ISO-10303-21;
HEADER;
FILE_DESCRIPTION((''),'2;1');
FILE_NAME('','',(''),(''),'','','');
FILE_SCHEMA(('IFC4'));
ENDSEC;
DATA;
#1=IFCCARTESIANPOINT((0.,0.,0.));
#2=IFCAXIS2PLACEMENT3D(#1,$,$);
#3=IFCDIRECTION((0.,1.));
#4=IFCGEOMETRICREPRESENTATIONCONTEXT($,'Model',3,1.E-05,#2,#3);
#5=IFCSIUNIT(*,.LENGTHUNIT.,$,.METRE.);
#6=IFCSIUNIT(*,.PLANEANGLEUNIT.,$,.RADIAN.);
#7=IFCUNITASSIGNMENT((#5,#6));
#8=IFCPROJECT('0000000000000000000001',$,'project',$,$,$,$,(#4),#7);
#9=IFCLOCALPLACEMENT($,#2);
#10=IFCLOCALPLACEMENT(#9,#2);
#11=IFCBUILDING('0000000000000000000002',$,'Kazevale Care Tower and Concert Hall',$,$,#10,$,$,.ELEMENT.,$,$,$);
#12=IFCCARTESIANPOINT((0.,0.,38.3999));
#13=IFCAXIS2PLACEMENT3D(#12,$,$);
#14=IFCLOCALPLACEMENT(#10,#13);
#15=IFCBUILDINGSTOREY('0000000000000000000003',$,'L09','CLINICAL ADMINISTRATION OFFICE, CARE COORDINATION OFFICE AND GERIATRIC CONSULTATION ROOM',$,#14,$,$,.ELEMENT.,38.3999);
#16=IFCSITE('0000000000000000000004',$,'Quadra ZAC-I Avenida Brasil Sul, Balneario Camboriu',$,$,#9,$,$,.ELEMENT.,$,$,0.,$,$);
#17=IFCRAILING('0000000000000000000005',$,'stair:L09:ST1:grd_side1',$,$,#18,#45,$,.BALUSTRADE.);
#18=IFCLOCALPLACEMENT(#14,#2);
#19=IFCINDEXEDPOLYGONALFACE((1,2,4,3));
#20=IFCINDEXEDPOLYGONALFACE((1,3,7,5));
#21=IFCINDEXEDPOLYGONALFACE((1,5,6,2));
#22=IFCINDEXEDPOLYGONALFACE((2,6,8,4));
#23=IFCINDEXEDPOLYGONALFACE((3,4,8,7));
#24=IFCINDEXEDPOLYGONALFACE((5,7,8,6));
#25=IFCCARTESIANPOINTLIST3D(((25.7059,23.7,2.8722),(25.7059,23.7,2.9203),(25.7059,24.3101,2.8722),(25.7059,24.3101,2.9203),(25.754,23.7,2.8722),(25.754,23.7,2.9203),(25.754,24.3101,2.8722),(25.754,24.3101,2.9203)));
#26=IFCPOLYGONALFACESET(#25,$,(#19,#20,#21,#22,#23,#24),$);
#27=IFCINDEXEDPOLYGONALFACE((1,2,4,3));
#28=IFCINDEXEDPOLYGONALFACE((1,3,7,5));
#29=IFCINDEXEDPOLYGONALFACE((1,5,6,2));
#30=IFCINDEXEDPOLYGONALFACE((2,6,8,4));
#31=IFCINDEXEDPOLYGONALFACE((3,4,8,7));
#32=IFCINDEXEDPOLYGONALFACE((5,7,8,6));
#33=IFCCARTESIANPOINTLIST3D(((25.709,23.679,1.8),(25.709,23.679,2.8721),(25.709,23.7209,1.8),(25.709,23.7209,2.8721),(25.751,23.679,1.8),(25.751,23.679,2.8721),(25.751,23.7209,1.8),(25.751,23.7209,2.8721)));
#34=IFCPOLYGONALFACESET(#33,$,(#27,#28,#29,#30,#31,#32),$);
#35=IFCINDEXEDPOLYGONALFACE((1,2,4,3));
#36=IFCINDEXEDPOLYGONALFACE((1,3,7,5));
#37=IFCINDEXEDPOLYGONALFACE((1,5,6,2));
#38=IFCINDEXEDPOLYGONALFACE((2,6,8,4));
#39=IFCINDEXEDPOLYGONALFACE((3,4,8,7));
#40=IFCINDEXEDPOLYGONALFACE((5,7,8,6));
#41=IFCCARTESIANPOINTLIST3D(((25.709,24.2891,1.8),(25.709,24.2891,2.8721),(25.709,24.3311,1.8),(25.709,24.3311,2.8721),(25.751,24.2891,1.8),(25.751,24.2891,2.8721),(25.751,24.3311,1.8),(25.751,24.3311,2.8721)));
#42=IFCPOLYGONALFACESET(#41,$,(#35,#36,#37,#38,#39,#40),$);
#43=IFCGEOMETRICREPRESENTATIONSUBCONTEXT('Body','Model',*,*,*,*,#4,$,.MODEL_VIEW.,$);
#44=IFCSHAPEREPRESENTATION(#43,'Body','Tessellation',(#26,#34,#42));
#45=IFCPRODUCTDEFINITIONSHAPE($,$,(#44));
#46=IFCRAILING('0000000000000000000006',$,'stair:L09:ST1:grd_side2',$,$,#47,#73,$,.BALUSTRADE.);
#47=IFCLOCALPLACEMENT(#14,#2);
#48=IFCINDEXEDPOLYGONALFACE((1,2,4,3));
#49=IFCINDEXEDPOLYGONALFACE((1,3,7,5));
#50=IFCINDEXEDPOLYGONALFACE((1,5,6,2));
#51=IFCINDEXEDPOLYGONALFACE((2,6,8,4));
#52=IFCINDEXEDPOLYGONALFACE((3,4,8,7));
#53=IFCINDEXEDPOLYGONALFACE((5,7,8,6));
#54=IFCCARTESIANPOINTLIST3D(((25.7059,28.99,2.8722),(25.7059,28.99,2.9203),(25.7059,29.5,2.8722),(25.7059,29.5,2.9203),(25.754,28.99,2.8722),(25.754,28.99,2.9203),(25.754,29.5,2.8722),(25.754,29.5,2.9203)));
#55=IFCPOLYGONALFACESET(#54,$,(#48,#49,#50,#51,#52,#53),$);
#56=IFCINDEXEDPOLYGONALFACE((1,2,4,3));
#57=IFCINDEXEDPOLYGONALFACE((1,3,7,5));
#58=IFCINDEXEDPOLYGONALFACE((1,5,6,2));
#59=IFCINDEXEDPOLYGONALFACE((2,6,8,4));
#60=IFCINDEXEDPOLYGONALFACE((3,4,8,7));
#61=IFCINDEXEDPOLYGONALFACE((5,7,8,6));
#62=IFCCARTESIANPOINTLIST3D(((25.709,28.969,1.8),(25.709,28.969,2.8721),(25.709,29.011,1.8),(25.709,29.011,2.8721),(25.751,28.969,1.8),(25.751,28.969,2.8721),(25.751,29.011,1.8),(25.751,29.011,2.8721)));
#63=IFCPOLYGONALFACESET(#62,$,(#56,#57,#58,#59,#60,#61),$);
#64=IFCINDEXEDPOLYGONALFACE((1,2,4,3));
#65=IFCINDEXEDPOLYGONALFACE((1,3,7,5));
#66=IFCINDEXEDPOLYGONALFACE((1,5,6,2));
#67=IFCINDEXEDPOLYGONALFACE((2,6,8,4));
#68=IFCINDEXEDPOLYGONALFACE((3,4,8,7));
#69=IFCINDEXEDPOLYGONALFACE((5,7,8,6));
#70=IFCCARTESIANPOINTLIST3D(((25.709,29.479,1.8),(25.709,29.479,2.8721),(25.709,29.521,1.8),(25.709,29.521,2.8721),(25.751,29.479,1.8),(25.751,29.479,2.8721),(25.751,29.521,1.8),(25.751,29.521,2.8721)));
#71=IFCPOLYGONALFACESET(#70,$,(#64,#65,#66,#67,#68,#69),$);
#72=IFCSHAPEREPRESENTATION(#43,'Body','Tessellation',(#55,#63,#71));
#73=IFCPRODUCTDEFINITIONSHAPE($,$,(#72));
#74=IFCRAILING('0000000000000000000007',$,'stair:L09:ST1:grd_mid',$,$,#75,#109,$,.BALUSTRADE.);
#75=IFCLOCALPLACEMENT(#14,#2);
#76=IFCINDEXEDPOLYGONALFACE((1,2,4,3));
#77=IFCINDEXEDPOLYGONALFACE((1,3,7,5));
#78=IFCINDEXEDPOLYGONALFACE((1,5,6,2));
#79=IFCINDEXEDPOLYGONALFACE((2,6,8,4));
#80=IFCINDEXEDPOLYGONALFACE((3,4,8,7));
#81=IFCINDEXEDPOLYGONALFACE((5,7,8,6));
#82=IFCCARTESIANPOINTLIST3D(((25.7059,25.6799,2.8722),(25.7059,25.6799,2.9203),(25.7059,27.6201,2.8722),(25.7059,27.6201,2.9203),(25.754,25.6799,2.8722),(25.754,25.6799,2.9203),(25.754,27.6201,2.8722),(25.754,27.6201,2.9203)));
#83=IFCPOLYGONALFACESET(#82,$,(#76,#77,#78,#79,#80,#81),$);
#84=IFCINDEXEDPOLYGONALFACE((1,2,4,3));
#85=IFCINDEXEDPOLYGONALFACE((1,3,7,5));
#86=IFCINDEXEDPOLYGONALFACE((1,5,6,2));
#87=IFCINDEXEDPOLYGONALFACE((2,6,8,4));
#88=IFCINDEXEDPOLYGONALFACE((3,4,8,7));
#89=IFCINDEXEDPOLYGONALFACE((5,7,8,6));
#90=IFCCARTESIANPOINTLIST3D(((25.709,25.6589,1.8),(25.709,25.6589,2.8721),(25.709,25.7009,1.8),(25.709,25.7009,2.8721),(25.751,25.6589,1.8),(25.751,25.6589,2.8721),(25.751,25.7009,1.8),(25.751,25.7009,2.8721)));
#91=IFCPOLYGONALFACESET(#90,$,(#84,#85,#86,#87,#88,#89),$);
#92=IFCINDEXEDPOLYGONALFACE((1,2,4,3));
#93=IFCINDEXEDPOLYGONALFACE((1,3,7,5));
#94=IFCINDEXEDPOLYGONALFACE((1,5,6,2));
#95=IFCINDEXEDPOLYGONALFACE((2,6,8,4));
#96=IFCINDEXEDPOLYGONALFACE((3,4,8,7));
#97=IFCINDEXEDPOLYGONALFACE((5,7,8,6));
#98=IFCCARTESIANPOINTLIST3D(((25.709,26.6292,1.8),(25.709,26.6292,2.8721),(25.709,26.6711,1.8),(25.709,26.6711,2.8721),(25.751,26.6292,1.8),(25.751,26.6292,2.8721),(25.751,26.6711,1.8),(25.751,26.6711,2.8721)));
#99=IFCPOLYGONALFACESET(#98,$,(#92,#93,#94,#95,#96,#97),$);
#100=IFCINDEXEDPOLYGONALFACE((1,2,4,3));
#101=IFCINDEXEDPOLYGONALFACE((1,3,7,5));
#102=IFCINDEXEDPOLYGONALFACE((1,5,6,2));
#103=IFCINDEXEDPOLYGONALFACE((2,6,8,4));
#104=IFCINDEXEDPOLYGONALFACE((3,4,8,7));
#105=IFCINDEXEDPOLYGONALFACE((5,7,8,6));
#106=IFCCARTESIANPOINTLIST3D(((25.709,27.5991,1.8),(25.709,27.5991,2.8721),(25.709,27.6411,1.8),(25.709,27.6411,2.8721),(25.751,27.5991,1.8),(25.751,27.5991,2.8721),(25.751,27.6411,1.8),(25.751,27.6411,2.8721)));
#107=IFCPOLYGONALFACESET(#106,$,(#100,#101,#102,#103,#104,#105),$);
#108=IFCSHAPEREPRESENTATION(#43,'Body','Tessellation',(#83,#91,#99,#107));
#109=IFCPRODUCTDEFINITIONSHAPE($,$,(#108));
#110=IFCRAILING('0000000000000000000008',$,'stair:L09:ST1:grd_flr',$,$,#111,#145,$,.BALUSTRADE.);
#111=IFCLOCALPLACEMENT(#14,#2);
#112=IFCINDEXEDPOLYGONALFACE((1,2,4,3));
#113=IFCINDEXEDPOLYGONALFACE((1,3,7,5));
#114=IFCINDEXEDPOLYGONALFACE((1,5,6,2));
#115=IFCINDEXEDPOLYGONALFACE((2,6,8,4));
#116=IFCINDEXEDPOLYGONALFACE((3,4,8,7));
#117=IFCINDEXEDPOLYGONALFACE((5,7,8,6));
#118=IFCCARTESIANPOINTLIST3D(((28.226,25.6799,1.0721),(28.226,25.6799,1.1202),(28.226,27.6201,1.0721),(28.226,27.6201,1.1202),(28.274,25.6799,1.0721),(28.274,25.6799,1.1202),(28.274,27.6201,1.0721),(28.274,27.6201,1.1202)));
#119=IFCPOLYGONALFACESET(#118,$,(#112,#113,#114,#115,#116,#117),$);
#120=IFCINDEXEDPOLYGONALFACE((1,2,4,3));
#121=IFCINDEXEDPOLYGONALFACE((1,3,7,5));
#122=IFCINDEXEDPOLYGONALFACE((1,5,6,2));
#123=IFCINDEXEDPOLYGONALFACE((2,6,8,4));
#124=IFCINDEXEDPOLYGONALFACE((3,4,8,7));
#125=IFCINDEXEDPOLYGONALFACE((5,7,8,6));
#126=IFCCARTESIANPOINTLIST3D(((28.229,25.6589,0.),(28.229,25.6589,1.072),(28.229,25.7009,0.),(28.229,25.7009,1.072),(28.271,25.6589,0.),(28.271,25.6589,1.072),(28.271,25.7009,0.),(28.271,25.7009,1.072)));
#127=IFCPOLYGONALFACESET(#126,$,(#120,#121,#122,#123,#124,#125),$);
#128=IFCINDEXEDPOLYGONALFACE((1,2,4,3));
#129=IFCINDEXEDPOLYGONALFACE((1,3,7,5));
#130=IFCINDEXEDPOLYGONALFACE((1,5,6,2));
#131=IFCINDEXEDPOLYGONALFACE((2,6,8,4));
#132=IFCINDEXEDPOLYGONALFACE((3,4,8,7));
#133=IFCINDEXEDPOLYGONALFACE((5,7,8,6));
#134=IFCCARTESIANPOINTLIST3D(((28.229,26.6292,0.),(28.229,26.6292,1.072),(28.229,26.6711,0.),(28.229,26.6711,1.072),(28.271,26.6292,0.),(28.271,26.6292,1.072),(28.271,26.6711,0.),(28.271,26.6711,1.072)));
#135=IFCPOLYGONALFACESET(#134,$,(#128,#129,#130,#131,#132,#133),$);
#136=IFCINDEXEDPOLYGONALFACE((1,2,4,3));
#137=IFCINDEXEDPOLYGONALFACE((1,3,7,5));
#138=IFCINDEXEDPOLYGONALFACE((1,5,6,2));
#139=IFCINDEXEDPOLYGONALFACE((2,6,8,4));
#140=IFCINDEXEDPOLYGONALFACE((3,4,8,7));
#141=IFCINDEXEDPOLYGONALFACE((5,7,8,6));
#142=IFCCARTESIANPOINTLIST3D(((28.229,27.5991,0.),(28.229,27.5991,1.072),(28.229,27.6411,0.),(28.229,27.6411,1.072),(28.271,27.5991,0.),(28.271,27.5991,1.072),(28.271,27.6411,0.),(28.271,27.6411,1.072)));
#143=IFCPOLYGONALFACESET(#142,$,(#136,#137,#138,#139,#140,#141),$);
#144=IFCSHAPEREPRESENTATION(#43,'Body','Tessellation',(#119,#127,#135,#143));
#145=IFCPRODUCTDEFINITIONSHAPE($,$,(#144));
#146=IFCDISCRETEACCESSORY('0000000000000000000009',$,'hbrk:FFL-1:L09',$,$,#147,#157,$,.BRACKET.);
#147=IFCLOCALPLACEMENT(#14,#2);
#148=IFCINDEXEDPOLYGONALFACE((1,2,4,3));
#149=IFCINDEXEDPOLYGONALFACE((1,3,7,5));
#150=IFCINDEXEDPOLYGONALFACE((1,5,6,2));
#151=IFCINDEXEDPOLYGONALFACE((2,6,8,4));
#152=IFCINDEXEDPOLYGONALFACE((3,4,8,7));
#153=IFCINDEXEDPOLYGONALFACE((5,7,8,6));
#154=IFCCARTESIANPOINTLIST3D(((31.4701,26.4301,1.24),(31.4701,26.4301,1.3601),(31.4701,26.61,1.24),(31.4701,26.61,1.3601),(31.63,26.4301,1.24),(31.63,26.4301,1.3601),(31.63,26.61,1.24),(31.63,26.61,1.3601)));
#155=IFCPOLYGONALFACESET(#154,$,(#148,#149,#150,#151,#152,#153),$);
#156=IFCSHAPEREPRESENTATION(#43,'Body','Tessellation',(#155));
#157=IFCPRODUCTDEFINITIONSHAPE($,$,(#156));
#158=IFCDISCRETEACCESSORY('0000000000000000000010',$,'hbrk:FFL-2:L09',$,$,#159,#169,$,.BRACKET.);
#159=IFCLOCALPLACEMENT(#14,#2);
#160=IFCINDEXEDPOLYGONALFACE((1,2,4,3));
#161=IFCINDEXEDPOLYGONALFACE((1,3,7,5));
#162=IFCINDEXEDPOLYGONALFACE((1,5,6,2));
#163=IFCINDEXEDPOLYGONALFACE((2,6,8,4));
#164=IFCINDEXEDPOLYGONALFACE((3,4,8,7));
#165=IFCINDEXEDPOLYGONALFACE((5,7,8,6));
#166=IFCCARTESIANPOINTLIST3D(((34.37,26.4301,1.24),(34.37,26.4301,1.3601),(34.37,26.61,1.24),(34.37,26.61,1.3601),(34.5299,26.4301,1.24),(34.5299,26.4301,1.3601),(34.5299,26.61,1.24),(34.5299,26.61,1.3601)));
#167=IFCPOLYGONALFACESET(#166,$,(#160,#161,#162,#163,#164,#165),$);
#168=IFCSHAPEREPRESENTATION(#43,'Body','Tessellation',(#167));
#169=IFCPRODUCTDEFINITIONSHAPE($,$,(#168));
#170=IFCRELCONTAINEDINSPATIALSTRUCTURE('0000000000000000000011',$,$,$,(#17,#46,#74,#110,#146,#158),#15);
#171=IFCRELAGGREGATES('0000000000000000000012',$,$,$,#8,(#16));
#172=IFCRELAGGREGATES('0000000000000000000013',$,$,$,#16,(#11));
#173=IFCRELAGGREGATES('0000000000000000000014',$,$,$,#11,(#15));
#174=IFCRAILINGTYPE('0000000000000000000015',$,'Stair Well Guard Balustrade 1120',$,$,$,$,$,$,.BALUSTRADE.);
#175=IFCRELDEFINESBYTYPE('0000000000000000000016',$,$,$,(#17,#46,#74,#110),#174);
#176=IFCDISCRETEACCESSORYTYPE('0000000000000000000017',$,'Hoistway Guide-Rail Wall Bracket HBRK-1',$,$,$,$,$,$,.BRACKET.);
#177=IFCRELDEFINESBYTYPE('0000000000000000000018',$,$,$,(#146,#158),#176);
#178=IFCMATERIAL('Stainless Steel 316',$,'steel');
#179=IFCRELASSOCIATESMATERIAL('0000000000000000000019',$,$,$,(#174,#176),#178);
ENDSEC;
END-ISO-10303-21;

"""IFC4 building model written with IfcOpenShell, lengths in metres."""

from ifc_helpers import new_model, si_unit, direction, frame, origin, origin_2d, place, context, subcontext, project, spatial, rectangle, extrude, material, type_object, element, save


model = new_model("IFC4")

# Units and contexts
model_context = context("Model", 3, precision=1e-05, world=origin(), true_north=direction((0.0, 1.0)))
body_context = subcontext(model_context, "Body", "Model", "MODEL_VIEW")
ifc_project = project(units=[si_unit("LENGTHUNIT", "METRE"), si_unit("PLANEANGLEUNIT", "RADIAN")], contexts=[model_context])

# Site, building, storey
site_placement = place(None, origin())
site = spatial("IfcSite", under=ifc_project, at=site_placement, Name="Quadra ZAC-I Avenida Brasil Sul, Balneario Camboriu", CompositionType="ELEMENT", RefElevation=0.0)
building_placement = place(site_placement, origin())
building = spatial("IfcBuilding", under=site, at=building_placement, Name="Kazevale Care Tower and Concert Hall", CompositionType="ELEMENT")
storey_placement = place(building_placement, frame((0.0, 0.0, 38.3999)))
storey = spatial("IfcBuildingStorey", under=building, at=storey_placement, Name="L09", Description="CLINICAL ADMINISTRATION OFFICE, CARE COORDINATION OFFICE AND GERIATRIC CONSULTATION ROOM", CompositionType="ELEMENT", Elevation=38.3999)

# Shared definitions
ifc_material_1 = material(Name="Stainless Steel 316", Category="steel")

# Railings
railing_type_1 = type_object("IfcRailingType", Name="Stair Well Guard Balustrade 1120", PredefinedType="BALUSTRADE", material=ifc_material_1)
railing_1_placement = place(storey_placement, frame((25.73, 23.7, 1.8)))
element("IfcRailing", 1, at=railing_1_placement, inside=storey, type_object=railing_type_1, Name="stair:L09:ST1:grd_side1", PredefinedType="BALUSTRADE", context=body_context, shape_type="SweptSolid", body=[
    extrude(rectangle(XDim=0.0481, YDim=0.0481, at=origin_2d()), frame((0.0, 0.0, 1.0962), z_axis=(0.0, 1.0, 0.0), x_axis=(-1.0, 0.0, 0.0)), (0.0, 0.0, 1.0), 0.6101),
    extrude(rectangle(XDim=0.042, YDim=0.042, at=origin_2d()), origin(), (0.0, 0.0, 1.0), 1.072),
    extrude(rectangle(XDim=0.042, YDim=0.042, at=origin_2d()), frame((0.0, 0.6101, 0.0)), (0.0, 0.0, 1.0), 1.072),
])
railing_2_placement = place(storey_placement, frame((25.73, 28.99, 1.8)))
element("IfcRailing", 2, at=railing_2_placement, inside=storey, type_object=railing_type_1, Name="stair:L09:ST1:grd_side2", PredefinedType="BALUSTRADE", context=body_context, shape_type="SweptSolid", body=[
    extrude(rectangle(XDim=0.0481, YDim=0.0481, at=origin_2d()), frame((0.0, 0.0, 1.0962), z_axis=(0.0, 1.0, 0.0), x_axis=(-1.0, 0.0, 0.0)), (0.0, 0.0, 1.0), 0.51),
    extrude(rectangle(XDim=0.042, YDim=0.042, at=origin_2d()), origin(), (0.0, 0.0, 1.0), 1.072),
    extrude(rectangle(XDim=0.042, YDim=0.042, at=origin_2d()), frame((0.0, 0.51, 0.0)), (0.0, 0.0, 1.0), 1.072),
])
for number, where, name in (
    (3, (25.73, 25.6799, 1.8), "stair:L09:ST1:grd_mid"),
    (4, (28.25, 25.6799, 0.0), "stair:L09:ST1:grd_flr"),
):
    element("IfcRailing", number, at=place(storey_placement, frame(where)), inside=storey, type_object=railing_type_1, Name=name, PredefinedType="BALUSTRADE", context=body_context, shape_type="SweptSolid", body=[
        extrude(rectangle(XDim=0.0481, YDim=0.0481, at=origin_2d()), frame((0.0, 0.0, 1.0962), z_axis=(0.0, 1.0, 0.0), x_axis=(-1.0, 0.0, 0.0)), (0.0, 0.0, 1.0), 1.9402),
        extrude(rectangle(XDim=0.042, YDim=0.042, at=origin_2d()), origin(), (0.0, 0.0, 1.0), 1.072),
        extrude(rectangle(XDim=0.042, YDim=0.042, at=origin_2d()), frame((0.0, 0.9702, 0.0)), (0.0, 0.0, 1.0), 1.072),
        extrude(rectangle(XDim=0.042, YDim=0.042, at=origin_2d()), frame((0.0, 1.9402, 0.0)), (0.0, 0.0, 1.0), 1.072),
    ])

# Discrete accessories
discrete_accessory_type = type_object("IfcDiscreteAccessoryType", Name="Hoistway Guide-Rail Wall Bracket HBRK-1", PredefinedType="BRACKET", material=ifc_material_1)
for number, where, z_axis, x_axis, name in (
    (5, (31.55, 26.52, 1.24), (0.0, 0.0, 1.0), (1.0, 0.0, 0.0), "hbrk:FFL-1:L09"),
    (6, (34.45, 26.52, 1.24), (0.0, 0.0, 1.0), (1.0, 0.0, 0.0), "hbrk:FFL-2:L09"),
):
    element("IfcDiscreteAccessory", number, at=place(storey_placement, frame(where, z_axis=z_axis, x_axis=x_axis)), inside=storey, type_object=discrete_accessory_type, Name=name, PredefinedType="BRACKET", context=body_context, shape_type="SweptSolid", body=[
        extrude(rectangle(XDim=0.1599, YDim=0.1799, at=origin_2d()), origin(), (0.0, 0.0, 1.0), 0.1201),
    ])

save(model, "model.ifc")
